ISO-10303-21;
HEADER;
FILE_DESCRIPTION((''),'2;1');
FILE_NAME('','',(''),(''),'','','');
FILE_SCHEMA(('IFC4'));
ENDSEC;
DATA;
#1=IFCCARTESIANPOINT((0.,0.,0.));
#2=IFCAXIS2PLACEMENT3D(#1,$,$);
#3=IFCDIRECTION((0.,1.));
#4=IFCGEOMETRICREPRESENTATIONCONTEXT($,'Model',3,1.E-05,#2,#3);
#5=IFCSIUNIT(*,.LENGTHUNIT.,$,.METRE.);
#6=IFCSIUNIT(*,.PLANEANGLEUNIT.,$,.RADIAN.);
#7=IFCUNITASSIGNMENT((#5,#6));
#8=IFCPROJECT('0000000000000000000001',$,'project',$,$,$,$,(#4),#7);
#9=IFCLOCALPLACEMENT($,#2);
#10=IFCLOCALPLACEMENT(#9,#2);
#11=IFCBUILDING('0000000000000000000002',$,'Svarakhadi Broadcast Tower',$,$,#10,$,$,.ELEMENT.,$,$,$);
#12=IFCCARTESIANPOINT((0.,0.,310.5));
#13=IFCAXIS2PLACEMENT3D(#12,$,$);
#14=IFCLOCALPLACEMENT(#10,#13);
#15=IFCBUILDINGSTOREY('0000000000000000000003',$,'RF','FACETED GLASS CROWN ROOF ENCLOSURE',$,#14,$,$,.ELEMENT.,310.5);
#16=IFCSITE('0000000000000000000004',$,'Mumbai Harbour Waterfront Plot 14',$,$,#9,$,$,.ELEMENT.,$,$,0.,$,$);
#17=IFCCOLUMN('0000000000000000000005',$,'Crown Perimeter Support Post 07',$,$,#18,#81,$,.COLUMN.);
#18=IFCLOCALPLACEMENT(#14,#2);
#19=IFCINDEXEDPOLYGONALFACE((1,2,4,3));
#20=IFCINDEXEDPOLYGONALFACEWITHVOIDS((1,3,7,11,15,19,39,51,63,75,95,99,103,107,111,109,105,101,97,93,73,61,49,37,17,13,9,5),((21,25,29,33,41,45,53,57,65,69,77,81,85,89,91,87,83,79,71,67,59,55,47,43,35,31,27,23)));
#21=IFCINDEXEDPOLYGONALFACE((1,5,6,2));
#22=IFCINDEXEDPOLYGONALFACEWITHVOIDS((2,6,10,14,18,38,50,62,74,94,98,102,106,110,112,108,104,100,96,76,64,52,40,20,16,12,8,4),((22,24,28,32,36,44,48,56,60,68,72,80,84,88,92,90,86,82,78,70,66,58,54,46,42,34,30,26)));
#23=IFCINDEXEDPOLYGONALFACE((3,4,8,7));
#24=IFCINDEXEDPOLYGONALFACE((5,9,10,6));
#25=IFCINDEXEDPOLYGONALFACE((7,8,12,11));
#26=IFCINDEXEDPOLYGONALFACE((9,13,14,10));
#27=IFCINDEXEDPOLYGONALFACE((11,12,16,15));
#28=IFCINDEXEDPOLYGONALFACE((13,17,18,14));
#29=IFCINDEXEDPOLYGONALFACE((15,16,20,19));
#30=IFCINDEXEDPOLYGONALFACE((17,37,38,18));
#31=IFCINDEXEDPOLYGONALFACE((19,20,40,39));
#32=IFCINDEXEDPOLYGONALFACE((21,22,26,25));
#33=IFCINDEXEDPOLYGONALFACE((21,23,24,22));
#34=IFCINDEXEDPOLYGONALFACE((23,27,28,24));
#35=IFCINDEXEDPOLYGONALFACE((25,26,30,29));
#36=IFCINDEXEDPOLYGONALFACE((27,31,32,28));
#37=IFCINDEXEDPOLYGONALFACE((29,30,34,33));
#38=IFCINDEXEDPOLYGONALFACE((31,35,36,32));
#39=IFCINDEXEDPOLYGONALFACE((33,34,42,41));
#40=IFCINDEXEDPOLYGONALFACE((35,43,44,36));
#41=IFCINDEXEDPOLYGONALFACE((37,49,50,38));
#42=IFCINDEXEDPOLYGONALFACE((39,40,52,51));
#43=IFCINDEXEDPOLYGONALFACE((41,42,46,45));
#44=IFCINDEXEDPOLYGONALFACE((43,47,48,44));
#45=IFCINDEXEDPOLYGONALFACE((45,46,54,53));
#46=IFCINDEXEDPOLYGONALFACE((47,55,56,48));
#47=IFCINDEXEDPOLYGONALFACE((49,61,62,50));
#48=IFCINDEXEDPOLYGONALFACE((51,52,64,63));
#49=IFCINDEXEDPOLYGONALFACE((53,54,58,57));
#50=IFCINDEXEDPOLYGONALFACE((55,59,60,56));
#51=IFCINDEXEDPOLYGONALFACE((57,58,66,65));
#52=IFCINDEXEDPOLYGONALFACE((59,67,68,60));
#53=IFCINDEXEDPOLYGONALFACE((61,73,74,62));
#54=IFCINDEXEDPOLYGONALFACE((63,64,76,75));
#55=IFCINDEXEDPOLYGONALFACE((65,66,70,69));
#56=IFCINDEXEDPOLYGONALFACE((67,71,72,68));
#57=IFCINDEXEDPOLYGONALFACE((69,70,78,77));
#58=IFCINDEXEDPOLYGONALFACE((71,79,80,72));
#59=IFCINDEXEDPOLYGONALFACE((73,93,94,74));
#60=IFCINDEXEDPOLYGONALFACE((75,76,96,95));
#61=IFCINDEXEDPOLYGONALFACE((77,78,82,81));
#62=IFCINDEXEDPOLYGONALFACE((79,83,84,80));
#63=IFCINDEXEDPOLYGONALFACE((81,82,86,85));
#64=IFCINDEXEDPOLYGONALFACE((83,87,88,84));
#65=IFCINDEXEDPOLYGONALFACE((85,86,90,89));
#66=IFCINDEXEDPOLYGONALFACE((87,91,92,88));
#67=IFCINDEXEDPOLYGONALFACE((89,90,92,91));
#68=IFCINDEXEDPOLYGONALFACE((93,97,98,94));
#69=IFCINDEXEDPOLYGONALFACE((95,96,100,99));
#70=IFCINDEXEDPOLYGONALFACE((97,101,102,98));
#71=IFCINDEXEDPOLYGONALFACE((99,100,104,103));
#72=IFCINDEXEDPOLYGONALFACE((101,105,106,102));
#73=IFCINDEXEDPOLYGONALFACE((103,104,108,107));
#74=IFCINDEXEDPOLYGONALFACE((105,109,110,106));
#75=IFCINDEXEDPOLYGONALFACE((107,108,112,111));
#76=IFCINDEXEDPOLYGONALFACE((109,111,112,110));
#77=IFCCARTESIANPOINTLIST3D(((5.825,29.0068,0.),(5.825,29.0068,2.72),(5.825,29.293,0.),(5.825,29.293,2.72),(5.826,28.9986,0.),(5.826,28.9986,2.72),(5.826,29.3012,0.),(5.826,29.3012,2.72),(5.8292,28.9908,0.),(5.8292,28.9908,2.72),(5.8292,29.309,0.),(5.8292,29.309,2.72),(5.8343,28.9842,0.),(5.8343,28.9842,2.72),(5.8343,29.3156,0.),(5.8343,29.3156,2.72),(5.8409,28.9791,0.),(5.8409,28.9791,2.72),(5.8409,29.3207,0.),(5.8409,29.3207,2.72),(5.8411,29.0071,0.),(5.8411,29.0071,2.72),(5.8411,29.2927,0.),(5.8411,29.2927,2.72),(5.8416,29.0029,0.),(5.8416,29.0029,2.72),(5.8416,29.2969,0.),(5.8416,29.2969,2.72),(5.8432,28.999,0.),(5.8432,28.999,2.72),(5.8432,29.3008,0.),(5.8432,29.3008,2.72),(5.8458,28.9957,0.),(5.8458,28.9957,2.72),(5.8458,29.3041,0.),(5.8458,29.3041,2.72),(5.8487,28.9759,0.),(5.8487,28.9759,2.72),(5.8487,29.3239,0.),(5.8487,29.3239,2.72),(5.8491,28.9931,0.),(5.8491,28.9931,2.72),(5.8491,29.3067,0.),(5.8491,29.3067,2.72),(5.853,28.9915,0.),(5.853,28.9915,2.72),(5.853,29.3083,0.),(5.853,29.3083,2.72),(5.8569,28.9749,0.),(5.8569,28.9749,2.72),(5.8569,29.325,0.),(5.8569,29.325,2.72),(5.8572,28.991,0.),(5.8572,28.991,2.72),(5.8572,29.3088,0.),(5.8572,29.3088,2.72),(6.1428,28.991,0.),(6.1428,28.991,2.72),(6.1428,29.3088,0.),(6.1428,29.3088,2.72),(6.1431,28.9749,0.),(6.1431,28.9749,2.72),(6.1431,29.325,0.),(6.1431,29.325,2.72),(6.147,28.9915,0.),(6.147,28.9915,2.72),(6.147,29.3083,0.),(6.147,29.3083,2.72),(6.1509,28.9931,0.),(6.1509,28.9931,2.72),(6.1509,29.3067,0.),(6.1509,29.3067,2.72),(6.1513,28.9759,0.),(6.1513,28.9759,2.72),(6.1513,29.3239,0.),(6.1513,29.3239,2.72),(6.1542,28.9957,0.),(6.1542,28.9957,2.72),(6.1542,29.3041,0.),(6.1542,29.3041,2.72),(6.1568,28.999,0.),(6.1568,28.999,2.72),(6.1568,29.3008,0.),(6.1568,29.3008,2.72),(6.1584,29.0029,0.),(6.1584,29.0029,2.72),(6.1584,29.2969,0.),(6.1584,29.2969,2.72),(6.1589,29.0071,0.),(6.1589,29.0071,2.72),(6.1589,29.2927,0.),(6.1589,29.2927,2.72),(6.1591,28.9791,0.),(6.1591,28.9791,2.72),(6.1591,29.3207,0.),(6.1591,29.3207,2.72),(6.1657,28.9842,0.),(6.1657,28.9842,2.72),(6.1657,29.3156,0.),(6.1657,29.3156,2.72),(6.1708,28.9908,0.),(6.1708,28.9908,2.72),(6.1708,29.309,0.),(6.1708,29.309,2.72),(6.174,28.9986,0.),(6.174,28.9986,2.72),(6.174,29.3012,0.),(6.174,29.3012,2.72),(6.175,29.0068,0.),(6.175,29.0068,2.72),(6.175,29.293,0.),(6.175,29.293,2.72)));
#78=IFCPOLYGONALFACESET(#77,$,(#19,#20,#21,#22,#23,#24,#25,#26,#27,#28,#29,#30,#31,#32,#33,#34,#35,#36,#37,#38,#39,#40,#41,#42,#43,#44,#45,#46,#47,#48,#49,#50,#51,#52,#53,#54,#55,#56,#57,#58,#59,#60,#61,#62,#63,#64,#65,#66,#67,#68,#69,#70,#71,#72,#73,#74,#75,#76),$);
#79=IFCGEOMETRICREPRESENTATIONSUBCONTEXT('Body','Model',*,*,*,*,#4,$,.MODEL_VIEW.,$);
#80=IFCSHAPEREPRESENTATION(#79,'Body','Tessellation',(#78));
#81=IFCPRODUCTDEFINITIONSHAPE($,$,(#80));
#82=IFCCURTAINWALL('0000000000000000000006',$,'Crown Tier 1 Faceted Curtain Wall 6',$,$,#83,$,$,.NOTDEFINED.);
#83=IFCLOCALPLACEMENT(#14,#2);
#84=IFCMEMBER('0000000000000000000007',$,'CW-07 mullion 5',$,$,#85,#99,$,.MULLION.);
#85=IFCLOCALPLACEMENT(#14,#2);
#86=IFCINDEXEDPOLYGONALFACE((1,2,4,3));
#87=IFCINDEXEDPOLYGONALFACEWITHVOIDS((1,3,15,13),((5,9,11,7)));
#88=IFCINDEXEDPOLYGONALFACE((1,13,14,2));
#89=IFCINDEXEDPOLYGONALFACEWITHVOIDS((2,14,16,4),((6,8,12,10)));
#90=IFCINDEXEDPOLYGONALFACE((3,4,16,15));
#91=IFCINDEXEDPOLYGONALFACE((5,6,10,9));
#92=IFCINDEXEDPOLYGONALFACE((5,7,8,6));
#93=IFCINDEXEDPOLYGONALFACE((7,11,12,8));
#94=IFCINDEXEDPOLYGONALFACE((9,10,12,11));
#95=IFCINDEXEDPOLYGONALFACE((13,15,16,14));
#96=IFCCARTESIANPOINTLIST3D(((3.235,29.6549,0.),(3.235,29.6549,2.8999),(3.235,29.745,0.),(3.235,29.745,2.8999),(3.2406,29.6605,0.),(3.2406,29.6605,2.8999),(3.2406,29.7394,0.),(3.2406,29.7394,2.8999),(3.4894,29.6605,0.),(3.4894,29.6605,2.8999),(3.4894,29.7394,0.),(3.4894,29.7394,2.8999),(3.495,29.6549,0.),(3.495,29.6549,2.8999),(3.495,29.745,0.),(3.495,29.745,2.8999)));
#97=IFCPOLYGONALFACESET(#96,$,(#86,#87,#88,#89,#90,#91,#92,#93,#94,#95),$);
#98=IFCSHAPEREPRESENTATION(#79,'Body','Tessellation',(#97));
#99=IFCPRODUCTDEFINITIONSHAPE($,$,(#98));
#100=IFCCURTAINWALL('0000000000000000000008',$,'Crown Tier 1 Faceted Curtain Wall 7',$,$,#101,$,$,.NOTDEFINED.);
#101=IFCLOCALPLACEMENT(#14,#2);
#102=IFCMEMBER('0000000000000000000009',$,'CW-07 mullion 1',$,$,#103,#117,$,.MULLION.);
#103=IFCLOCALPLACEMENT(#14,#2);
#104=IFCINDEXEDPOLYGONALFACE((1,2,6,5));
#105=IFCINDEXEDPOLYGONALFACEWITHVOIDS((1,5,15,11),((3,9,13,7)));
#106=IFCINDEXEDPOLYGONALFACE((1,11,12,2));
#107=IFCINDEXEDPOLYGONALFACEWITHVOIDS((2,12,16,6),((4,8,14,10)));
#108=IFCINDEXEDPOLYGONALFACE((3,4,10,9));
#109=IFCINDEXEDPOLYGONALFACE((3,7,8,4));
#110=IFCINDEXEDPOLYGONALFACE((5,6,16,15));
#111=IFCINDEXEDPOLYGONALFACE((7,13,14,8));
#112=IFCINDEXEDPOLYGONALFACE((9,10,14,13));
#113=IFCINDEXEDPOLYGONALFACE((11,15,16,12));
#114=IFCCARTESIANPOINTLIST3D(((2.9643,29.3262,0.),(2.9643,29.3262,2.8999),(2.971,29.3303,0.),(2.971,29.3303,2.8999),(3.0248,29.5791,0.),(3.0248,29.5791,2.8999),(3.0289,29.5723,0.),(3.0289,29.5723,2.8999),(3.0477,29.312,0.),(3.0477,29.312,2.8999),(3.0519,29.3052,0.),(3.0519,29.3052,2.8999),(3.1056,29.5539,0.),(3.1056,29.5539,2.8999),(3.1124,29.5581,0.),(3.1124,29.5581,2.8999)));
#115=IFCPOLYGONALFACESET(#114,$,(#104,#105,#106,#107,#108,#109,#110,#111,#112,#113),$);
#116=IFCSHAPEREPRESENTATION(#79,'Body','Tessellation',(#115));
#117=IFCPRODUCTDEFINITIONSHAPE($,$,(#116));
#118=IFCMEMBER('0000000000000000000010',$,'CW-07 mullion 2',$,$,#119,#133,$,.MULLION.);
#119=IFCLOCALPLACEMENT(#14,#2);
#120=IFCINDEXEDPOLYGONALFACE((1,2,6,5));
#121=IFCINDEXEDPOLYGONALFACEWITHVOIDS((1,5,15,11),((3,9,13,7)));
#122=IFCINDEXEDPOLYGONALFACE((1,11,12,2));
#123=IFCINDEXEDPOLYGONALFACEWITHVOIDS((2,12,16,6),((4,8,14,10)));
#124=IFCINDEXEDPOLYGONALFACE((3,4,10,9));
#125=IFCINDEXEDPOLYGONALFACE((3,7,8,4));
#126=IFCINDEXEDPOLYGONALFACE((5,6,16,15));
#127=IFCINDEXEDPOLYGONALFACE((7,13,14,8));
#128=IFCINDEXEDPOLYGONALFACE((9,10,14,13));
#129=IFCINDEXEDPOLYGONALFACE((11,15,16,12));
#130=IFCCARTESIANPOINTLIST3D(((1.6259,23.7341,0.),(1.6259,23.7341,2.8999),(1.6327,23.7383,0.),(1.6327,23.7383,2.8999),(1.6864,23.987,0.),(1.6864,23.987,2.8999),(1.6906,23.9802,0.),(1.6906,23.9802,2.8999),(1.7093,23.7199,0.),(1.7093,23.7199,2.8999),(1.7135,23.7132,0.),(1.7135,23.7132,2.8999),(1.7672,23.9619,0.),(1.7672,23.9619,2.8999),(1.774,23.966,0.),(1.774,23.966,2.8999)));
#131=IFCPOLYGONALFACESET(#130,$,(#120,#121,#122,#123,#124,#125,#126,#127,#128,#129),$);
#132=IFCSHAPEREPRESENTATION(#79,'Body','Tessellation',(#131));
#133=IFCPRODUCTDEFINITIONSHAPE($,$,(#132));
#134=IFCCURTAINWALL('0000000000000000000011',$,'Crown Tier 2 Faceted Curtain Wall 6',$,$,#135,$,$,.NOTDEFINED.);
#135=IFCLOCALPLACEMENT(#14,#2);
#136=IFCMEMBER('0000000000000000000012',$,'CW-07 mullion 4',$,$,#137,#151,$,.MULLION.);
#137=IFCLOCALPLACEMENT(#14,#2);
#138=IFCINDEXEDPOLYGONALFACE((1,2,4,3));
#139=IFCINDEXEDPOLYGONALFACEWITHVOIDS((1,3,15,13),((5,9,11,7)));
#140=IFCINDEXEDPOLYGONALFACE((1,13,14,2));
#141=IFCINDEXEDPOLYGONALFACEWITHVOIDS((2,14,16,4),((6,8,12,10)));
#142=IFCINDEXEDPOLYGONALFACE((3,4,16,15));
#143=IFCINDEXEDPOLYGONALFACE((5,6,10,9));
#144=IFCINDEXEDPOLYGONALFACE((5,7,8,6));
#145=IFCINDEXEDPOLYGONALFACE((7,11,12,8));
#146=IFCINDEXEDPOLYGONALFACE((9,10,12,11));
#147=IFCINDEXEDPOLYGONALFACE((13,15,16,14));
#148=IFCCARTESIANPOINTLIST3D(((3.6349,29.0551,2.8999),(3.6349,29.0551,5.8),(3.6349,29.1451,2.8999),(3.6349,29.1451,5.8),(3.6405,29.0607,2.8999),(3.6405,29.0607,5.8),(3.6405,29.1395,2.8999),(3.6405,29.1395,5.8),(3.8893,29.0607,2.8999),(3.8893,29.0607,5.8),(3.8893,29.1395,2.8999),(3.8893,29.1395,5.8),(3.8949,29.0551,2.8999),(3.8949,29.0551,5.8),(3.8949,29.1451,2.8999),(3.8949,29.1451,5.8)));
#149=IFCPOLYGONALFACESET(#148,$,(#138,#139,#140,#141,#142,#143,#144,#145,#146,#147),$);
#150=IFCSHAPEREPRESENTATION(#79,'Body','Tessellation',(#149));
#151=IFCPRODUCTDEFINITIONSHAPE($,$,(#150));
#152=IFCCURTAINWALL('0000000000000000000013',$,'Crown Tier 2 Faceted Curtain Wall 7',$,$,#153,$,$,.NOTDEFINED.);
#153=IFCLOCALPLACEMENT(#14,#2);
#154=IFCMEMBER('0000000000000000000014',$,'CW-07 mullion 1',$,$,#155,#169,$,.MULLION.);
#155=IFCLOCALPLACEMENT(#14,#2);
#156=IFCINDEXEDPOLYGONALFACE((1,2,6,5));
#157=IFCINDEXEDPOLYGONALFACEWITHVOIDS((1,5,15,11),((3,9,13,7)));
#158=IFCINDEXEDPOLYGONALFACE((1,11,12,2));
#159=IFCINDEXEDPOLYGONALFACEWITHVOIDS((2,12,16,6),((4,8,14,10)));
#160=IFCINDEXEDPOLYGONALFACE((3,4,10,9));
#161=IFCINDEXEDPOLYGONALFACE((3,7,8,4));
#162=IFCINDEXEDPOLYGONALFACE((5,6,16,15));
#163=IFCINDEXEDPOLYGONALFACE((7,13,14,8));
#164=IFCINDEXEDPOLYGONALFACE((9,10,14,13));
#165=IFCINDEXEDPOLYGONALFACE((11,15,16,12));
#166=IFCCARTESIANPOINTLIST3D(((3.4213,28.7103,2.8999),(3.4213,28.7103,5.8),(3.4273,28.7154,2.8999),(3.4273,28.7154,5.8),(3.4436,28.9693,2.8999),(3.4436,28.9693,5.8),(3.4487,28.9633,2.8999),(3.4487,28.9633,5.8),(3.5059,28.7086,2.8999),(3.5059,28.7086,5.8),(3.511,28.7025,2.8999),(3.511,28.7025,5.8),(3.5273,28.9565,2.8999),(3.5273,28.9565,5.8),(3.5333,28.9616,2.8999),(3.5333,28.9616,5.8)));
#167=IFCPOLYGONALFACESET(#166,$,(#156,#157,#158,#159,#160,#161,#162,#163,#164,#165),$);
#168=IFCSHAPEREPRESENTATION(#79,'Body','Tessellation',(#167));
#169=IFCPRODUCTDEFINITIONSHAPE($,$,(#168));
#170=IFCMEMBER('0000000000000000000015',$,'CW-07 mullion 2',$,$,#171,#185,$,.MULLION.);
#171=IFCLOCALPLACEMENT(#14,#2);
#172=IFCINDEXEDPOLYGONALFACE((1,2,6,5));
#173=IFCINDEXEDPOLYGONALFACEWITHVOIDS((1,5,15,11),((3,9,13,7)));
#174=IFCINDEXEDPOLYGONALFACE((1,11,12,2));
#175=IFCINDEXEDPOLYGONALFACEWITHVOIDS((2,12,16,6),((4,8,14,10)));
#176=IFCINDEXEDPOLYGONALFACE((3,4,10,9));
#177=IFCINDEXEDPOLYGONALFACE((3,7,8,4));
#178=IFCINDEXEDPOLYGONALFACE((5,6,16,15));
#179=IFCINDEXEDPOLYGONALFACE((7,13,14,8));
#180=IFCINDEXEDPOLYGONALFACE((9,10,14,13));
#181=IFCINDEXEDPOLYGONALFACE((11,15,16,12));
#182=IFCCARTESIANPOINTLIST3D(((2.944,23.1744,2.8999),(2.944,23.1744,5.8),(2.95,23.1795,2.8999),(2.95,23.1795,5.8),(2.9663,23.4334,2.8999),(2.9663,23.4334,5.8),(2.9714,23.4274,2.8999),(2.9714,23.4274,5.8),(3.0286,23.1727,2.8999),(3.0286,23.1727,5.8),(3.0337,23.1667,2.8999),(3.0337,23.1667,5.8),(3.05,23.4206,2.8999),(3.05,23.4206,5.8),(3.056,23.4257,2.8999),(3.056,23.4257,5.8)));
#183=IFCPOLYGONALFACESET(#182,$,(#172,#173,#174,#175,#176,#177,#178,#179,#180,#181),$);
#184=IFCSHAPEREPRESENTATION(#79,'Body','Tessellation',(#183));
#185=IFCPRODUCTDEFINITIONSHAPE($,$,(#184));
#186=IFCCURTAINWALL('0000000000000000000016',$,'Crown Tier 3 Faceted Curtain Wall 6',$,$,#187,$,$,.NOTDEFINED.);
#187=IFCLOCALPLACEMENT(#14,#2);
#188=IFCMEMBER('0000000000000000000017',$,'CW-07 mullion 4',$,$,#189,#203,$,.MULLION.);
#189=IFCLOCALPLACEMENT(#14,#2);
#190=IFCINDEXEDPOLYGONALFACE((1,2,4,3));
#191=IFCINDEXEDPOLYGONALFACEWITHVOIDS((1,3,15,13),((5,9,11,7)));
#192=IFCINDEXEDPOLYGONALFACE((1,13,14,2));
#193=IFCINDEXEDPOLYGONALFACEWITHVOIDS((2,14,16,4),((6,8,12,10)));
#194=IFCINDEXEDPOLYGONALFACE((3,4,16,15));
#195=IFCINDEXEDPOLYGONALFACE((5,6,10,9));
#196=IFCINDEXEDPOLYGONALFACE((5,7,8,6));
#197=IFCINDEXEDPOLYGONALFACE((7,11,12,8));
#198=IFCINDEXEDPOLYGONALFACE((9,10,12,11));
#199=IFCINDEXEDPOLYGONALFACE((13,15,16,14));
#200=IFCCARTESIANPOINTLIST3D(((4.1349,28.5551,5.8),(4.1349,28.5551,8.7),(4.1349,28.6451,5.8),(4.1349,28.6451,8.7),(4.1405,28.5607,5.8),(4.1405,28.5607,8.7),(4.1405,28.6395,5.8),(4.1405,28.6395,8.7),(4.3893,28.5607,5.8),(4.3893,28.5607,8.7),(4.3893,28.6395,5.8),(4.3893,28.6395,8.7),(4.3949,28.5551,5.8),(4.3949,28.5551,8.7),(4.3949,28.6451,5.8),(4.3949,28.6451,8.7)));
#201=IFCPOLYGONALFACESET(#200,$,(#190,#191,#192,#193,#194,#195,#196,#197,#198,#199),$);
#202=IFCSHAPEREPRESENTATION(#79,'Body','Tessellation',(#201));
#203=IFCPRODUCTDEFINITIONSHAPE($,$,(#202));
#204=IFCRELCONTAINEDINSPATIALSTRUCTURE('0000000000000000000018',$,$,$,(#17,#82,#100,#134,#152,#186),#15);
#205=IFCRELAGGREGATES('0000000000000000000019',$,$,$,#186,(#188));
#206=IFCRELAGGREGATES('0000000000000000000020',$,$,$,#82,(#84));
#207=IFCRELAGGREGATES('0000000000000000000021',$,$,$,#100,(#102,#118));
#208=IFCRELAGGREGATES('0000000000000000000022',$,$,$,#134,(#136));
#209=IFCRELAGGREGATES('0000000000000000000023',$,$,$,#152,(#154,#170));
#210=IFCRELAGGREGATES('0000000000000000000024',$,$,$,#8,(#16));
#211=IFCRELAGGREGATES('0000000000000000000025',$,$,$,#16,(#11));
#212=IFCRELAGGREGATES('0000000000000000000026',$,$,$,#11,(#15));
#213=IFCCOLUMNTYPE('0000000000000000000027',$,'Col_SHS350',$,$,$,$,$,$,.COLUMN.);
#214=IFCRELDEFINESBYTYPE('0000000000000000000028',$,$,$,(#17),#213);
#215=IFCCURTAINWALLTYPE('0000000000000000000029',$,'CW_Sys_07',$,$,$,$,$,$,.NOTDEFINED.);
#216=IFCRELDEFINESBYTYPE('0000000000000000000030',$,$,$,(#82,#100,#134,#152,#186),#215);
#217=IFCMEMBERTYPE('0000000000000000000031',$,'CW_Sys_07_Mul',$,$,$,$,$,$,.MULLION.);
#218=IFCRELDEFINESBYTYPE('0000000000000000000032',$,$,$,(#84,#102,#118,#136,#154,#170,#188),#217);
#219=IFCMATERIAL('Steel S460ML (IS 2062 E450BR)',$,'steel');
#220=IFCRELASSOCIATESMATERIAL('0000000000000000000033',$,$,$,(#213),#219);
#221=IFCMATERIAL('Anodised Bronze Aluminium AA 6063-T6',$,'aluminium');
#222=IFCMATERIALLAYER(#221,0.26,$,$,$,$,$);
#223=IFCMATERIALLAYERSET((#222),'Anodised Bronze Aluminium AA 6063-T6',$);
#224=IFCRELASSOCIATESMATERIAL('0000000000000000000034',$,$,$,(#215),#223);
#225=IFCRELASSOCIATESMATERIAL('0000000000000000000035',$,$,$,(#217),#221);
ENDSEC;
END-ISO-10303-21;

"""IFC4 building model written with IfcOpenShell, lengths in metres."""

from ifc_helpers import new_model, si_unit, direction, frame, origin, origin_2d, place, context, subcontext, project, spatial, hollow_rectangle, extrude, material, layer, layer_set, material_profile, profile_set, type_object, element, aggregate, save


model = new_model("IFC4")

# Units and contexts
model_context = context("Model", 3, precision=1e-05, world=origin(), true_north=direction((0.0, 1.0)))
body_context = subcontext(model_context, "Body", "Model", "MODEL_VIEW")
ifc_project = project(units=[si_unit("LENGTHUNIT", "METRE"), si_unit("PLANEANGLEUNIT", "RADIAN")], contexts=[model_context])

# Site, building, storey
site_placement = place(None, origin())
site = spatial("IfcSite", under=ifc_project, at=site_placement, Name="Mumbai Harbour Waterfront Plot 14", CompositionType="ELEMENT", RefElevation=0.0)
building_placement = place(site_placement, origin())
building = spatial("IfcBuilding", under=site, at=building_placement, Name="Svarakhadi Broadcast Tower", CompositionType="ELEMENT")
storey_placement = place(building_placement, frame((0.0, 0.0, 310.5)))
storey = spatial("IfcBuildingStorey", under=building, at=storey_placement, Name="RF", Description="FACETED GLASS CROWN ROOF ENCLOSURE", CompositionType="ELEMENT", Elevation=310.5)

# Column
ifc_material_1 = material(Name="Steel S460ML (IS 2062 E450BR)", Category="steel")
ifc_material_profile_1 = material_profile(ifc_material_1, hollow_rectangle(XDim=0.3501, YDim=0.3501, WallThickness=0.0161, InnerFilletRadius=0.0161, OuterFilletRadius=0.032, at=origin_2d()), Name="SHS 350x350x16")
ifc_profile_set_1 = profile_set([ifc_material_profile_1], Name="Steel S460ML (IS 2062 E450BR)")
column_type = type_object("IfcColumnType", Name="Col_SHS350", PredefinedType="COLUMN", material=ifc_profile_set_1)
column_placement = place(storey_placement, frame((6.0, 29.1499, 0.0), z_axis=(0.0, 0.0, 1.0), x_axis=(1.0, 0.0, 0.0)))
element("IfcColumn", 1, at=column_placement, inside=storey, type_object=column_type, Name="Crown Perimeter Support Post 07", PredefinedType="COLUMN", context=body_context, shape_type="SweptSolid", body=[
    extrude(hollow_rectangle(XDim=0.3501, YDim=0.3501, WallThickness=0.0161, InnerFilletRadius=0.0161, OuterFilletRadius=0.032, at=origin_2d()), origin(), (0.0, 0.0, 1.0), 2.72),
])

# Curtain wall, member
ifc_material_2 = material(Name="Anodised Bronze Aluminium AA 6063-T6", Category="aluminium")
ifc_layer_1 = layer(ifc_material_2, 0.26)
ifc_layer_set_1 = layer_set([ifc_layer_1], Name="Anodised Bronze Aluminium AA 6063-T6")
curtain_wall_type = type_object("IfcCurtainWallType", Name="CW_Sys_07", PredefinedType="NOTDEFINED", material=ifc_layer_set_1)
curtain_wall_1_placement = place(storey_placement, origin())
curtain_wall_1 = element("IfcCurtainWall", 2, at=curtain_wall_1_placement, inside=storey, type_object=curtain_wall_type, Name="Crown Tier 1 Faceted Curtain Wall 6", PredefinedType="NOTDEFINED")
ifc_material_profile_2 = material_profile(ifc_material_2, hollow_rectangle(XDim=0.0901, YDim=0.26, WallThickness=0.0056, at=origin_2d()), Name="ALU MULLION 260x90x6")
ifc_profile_set_2 = profile_set([ifc_material_profile_2], Name="Anodised Bronze Aluminium AA 6063-T6")
member_type_1 = type_object("IfcMemberType", Name="CW_Sys_07_Mul", PredefinedType="MULLION", material=ifc_profile_set_2)
member_1_placement = place(storey_placement, frame((3.365, 29.7, 0.0), z_axis=(0.0, 0.0, 1.0), x_axis=(0.0, -1.0, 0.0)))
member_1 = element("IfcMember", 3, at=member_1_placement, type_object=member_type_1, Name="CW-07 mullion 5", PredefinedType="MULLION", context=body_context, shape_type="SweptSolid", body=[
    extrude(hollow_rectangle(XDim=0.0901, YDim=0.26, WallThickness=0.0056, at=origin_2d()), origin(), (0.0, 0.0, 1.0), 2.8999),
])

# Curtain wall, members
curtain_wall_2_placement = place(storey_placement, origin())
curtain_wall_2 = element("IfcCurtainWall", 4, at=curtain_wall_2_placement, inside=storey, type_object=curtain_wall_type, Name="Crown Tier 1 Faceted Curtain Wall 7", PredefinedType="NOTDEFINED")
member_2_placement = place(storey_placement, frame((3.0383, 29.4421, 0.0), z_axis=(0.0, 0.0, 1.0), x_axis=(0.972537, -0.232746, 0.0)))
member_2 = element("IfcMember", 5, at=member_2_placement, type_object=member_type_1, Name="CW-07 mullion 1", PredefinedType="MULLION", context=body_context, shape_type="SweptSolid", body=[
    extrude(hollow_rectangle(XDim=0.0901, YDim=0.26, WallThickness=0.0056, at=origin_2d()), origin(), (0.0, 0.0, 1.0), 2.8999),
])
member_3_placement = place(storey_placement, frame((1.7, 23.8501, 0.0), z_axis=(0.0, 0.0, 1.0), x_axis=(0.972537, -0.232746, 0.0)))
member_3 = element("IfcMember", 6, at=member_3_placement, type_object=member_type_1, Name="CW-07 mullion 2", PredefinedType="MULLION", context=body_context, shape_type="SweptSolid", body=[
    extrude(hollow_rectangle(XDim=0.0901, YDim=0.26, WallThickness=0.0056, at=origin_2d()), origin(), (0.0, 0.0, 1.0), 2.8999),
])

# Curtain wall, member
curtain_wall_3_placement = place(storey_placement, origin())
curtain_wall_3 = element("IfcCurtainWall", 7, at=curtain_wall_3_placement, inside=storey, type_object=curtain_wall_type, Name="Crown Tier 2 Faceted Curtain Wall 6", PredefinedType="NOTDEFINED")
member_4_placement = place(storey_placement, frame((3.7649, 29.1001, 2.8999), z_axis=(0.0, 0.0, 1.0), x_axis=(0.0, -1.0, 0.0)))
member_4 = element("IfcMember", 8, at=member_4_placement, type_object=member_type_1, Name="CW-07 mullion 4", PredefinedType="MULLION", context=body_context, shape_type="SweptSolid", body=[
    extrude(hollow_rectangle(XDim=0.0901, YDim=0.26, WallThickness=0.0056, at=origin_2d()), origin(), (0.0, 0.0, 1.0), 2.9001),
])

# Curtain wall, members
curtain_wall_4_placement = place(storey_placement, origin())
curtain_wall_4 = element("IfcCurtainWall", 9, at=curtain_wall_4_placement, inside=storey, type_object=curtain_wall_type, Name="Crown Tier 2 Faceted Curtain Wall 7", PredefinedType="NOTDEFINED")
member_5_placement = place(storey_placement, frame((3.4773, 28.8359, 2.8999), z_axis=(0.0, 0.0, 1.0), x_axis=(0.996305, -0.085888, 0.0)))
member_5 = element("IfcMember", 10, at=member_5_placement, type_object=member_type_1, Name="CW-07 mullion 1", PredefinedType="MULLION", context=body_context, shape_type="SweptSolid", body=[
    extrude(hollow_rectangle(XDim=0.0901, YDim=0.26, WallThickness=0.0056, at=origin_2d()), origin(), (0.0, 0.0, 1.0), 2.9001),
])
member_6_placement = place(storey_placement, frame((3.0, 23.3, 2.8999), z_axis=(0.0, 0.0, 1.0), x_axis=(0.996305, -0.085888, 0.0)))
member_6 = element("IfcMember", 11, at=member_6_placement, type_object=member_type_1, Name="CW-07 mullion 2", PredefinedType="MULLION", context=body_context, shape_type="SweptSolid", body=[
    extrude(hollow_rectangle(XDim=0.0901, YDim=0.26, WallThickness=0.0056, at=origin_2d()), origin(), (0.0, 0.0, 1.0), 2.9001),
])

# Curtain wall, member
curtain_wall_5_placement = place(storey_placement, origin())
curtain_wall_5 = element("IfcCurtainWall", 12, at=curtain_wall_5_placement, inside=storey, type_object=curtain_wall_type, Name="Crown Tier 3 Faceted Curtain Wall 6", PredefinedType="NOTDEFINED")
member_7_placement = place(storey_placement, frame((4.2649, 28.6001, 5.8), z_axis=(0.0, 0.0, 1.0), x_axis=(0.0, -1.0, 0.0)))
member_7 = element("IfcMember", 13, at=member_7_placement, type_object=member_type_1, Name="CW-07 mullion 4", PredefinedType="MULLION", context=body_context, shape_type="SweptSolid", body=[
    extrude(hollow_rectangle(XDim=0.0901, YDim=0.26, WallThickness=0.0056, at=origin_2d()), origin(), (0.0, 0.0, 1.0), 2.8999),
])
aggregate(curtain_wall_5, [member_7])

aggregate(curtain_wall_1, [member_1])
aggregate(curtain_wall_2, [member_2, member_3])
aggregate(curtain_wall_3, [member_4])
aggregate(curtain_wall_4, [member_5, member_6])

save(model, "model.ifc")
